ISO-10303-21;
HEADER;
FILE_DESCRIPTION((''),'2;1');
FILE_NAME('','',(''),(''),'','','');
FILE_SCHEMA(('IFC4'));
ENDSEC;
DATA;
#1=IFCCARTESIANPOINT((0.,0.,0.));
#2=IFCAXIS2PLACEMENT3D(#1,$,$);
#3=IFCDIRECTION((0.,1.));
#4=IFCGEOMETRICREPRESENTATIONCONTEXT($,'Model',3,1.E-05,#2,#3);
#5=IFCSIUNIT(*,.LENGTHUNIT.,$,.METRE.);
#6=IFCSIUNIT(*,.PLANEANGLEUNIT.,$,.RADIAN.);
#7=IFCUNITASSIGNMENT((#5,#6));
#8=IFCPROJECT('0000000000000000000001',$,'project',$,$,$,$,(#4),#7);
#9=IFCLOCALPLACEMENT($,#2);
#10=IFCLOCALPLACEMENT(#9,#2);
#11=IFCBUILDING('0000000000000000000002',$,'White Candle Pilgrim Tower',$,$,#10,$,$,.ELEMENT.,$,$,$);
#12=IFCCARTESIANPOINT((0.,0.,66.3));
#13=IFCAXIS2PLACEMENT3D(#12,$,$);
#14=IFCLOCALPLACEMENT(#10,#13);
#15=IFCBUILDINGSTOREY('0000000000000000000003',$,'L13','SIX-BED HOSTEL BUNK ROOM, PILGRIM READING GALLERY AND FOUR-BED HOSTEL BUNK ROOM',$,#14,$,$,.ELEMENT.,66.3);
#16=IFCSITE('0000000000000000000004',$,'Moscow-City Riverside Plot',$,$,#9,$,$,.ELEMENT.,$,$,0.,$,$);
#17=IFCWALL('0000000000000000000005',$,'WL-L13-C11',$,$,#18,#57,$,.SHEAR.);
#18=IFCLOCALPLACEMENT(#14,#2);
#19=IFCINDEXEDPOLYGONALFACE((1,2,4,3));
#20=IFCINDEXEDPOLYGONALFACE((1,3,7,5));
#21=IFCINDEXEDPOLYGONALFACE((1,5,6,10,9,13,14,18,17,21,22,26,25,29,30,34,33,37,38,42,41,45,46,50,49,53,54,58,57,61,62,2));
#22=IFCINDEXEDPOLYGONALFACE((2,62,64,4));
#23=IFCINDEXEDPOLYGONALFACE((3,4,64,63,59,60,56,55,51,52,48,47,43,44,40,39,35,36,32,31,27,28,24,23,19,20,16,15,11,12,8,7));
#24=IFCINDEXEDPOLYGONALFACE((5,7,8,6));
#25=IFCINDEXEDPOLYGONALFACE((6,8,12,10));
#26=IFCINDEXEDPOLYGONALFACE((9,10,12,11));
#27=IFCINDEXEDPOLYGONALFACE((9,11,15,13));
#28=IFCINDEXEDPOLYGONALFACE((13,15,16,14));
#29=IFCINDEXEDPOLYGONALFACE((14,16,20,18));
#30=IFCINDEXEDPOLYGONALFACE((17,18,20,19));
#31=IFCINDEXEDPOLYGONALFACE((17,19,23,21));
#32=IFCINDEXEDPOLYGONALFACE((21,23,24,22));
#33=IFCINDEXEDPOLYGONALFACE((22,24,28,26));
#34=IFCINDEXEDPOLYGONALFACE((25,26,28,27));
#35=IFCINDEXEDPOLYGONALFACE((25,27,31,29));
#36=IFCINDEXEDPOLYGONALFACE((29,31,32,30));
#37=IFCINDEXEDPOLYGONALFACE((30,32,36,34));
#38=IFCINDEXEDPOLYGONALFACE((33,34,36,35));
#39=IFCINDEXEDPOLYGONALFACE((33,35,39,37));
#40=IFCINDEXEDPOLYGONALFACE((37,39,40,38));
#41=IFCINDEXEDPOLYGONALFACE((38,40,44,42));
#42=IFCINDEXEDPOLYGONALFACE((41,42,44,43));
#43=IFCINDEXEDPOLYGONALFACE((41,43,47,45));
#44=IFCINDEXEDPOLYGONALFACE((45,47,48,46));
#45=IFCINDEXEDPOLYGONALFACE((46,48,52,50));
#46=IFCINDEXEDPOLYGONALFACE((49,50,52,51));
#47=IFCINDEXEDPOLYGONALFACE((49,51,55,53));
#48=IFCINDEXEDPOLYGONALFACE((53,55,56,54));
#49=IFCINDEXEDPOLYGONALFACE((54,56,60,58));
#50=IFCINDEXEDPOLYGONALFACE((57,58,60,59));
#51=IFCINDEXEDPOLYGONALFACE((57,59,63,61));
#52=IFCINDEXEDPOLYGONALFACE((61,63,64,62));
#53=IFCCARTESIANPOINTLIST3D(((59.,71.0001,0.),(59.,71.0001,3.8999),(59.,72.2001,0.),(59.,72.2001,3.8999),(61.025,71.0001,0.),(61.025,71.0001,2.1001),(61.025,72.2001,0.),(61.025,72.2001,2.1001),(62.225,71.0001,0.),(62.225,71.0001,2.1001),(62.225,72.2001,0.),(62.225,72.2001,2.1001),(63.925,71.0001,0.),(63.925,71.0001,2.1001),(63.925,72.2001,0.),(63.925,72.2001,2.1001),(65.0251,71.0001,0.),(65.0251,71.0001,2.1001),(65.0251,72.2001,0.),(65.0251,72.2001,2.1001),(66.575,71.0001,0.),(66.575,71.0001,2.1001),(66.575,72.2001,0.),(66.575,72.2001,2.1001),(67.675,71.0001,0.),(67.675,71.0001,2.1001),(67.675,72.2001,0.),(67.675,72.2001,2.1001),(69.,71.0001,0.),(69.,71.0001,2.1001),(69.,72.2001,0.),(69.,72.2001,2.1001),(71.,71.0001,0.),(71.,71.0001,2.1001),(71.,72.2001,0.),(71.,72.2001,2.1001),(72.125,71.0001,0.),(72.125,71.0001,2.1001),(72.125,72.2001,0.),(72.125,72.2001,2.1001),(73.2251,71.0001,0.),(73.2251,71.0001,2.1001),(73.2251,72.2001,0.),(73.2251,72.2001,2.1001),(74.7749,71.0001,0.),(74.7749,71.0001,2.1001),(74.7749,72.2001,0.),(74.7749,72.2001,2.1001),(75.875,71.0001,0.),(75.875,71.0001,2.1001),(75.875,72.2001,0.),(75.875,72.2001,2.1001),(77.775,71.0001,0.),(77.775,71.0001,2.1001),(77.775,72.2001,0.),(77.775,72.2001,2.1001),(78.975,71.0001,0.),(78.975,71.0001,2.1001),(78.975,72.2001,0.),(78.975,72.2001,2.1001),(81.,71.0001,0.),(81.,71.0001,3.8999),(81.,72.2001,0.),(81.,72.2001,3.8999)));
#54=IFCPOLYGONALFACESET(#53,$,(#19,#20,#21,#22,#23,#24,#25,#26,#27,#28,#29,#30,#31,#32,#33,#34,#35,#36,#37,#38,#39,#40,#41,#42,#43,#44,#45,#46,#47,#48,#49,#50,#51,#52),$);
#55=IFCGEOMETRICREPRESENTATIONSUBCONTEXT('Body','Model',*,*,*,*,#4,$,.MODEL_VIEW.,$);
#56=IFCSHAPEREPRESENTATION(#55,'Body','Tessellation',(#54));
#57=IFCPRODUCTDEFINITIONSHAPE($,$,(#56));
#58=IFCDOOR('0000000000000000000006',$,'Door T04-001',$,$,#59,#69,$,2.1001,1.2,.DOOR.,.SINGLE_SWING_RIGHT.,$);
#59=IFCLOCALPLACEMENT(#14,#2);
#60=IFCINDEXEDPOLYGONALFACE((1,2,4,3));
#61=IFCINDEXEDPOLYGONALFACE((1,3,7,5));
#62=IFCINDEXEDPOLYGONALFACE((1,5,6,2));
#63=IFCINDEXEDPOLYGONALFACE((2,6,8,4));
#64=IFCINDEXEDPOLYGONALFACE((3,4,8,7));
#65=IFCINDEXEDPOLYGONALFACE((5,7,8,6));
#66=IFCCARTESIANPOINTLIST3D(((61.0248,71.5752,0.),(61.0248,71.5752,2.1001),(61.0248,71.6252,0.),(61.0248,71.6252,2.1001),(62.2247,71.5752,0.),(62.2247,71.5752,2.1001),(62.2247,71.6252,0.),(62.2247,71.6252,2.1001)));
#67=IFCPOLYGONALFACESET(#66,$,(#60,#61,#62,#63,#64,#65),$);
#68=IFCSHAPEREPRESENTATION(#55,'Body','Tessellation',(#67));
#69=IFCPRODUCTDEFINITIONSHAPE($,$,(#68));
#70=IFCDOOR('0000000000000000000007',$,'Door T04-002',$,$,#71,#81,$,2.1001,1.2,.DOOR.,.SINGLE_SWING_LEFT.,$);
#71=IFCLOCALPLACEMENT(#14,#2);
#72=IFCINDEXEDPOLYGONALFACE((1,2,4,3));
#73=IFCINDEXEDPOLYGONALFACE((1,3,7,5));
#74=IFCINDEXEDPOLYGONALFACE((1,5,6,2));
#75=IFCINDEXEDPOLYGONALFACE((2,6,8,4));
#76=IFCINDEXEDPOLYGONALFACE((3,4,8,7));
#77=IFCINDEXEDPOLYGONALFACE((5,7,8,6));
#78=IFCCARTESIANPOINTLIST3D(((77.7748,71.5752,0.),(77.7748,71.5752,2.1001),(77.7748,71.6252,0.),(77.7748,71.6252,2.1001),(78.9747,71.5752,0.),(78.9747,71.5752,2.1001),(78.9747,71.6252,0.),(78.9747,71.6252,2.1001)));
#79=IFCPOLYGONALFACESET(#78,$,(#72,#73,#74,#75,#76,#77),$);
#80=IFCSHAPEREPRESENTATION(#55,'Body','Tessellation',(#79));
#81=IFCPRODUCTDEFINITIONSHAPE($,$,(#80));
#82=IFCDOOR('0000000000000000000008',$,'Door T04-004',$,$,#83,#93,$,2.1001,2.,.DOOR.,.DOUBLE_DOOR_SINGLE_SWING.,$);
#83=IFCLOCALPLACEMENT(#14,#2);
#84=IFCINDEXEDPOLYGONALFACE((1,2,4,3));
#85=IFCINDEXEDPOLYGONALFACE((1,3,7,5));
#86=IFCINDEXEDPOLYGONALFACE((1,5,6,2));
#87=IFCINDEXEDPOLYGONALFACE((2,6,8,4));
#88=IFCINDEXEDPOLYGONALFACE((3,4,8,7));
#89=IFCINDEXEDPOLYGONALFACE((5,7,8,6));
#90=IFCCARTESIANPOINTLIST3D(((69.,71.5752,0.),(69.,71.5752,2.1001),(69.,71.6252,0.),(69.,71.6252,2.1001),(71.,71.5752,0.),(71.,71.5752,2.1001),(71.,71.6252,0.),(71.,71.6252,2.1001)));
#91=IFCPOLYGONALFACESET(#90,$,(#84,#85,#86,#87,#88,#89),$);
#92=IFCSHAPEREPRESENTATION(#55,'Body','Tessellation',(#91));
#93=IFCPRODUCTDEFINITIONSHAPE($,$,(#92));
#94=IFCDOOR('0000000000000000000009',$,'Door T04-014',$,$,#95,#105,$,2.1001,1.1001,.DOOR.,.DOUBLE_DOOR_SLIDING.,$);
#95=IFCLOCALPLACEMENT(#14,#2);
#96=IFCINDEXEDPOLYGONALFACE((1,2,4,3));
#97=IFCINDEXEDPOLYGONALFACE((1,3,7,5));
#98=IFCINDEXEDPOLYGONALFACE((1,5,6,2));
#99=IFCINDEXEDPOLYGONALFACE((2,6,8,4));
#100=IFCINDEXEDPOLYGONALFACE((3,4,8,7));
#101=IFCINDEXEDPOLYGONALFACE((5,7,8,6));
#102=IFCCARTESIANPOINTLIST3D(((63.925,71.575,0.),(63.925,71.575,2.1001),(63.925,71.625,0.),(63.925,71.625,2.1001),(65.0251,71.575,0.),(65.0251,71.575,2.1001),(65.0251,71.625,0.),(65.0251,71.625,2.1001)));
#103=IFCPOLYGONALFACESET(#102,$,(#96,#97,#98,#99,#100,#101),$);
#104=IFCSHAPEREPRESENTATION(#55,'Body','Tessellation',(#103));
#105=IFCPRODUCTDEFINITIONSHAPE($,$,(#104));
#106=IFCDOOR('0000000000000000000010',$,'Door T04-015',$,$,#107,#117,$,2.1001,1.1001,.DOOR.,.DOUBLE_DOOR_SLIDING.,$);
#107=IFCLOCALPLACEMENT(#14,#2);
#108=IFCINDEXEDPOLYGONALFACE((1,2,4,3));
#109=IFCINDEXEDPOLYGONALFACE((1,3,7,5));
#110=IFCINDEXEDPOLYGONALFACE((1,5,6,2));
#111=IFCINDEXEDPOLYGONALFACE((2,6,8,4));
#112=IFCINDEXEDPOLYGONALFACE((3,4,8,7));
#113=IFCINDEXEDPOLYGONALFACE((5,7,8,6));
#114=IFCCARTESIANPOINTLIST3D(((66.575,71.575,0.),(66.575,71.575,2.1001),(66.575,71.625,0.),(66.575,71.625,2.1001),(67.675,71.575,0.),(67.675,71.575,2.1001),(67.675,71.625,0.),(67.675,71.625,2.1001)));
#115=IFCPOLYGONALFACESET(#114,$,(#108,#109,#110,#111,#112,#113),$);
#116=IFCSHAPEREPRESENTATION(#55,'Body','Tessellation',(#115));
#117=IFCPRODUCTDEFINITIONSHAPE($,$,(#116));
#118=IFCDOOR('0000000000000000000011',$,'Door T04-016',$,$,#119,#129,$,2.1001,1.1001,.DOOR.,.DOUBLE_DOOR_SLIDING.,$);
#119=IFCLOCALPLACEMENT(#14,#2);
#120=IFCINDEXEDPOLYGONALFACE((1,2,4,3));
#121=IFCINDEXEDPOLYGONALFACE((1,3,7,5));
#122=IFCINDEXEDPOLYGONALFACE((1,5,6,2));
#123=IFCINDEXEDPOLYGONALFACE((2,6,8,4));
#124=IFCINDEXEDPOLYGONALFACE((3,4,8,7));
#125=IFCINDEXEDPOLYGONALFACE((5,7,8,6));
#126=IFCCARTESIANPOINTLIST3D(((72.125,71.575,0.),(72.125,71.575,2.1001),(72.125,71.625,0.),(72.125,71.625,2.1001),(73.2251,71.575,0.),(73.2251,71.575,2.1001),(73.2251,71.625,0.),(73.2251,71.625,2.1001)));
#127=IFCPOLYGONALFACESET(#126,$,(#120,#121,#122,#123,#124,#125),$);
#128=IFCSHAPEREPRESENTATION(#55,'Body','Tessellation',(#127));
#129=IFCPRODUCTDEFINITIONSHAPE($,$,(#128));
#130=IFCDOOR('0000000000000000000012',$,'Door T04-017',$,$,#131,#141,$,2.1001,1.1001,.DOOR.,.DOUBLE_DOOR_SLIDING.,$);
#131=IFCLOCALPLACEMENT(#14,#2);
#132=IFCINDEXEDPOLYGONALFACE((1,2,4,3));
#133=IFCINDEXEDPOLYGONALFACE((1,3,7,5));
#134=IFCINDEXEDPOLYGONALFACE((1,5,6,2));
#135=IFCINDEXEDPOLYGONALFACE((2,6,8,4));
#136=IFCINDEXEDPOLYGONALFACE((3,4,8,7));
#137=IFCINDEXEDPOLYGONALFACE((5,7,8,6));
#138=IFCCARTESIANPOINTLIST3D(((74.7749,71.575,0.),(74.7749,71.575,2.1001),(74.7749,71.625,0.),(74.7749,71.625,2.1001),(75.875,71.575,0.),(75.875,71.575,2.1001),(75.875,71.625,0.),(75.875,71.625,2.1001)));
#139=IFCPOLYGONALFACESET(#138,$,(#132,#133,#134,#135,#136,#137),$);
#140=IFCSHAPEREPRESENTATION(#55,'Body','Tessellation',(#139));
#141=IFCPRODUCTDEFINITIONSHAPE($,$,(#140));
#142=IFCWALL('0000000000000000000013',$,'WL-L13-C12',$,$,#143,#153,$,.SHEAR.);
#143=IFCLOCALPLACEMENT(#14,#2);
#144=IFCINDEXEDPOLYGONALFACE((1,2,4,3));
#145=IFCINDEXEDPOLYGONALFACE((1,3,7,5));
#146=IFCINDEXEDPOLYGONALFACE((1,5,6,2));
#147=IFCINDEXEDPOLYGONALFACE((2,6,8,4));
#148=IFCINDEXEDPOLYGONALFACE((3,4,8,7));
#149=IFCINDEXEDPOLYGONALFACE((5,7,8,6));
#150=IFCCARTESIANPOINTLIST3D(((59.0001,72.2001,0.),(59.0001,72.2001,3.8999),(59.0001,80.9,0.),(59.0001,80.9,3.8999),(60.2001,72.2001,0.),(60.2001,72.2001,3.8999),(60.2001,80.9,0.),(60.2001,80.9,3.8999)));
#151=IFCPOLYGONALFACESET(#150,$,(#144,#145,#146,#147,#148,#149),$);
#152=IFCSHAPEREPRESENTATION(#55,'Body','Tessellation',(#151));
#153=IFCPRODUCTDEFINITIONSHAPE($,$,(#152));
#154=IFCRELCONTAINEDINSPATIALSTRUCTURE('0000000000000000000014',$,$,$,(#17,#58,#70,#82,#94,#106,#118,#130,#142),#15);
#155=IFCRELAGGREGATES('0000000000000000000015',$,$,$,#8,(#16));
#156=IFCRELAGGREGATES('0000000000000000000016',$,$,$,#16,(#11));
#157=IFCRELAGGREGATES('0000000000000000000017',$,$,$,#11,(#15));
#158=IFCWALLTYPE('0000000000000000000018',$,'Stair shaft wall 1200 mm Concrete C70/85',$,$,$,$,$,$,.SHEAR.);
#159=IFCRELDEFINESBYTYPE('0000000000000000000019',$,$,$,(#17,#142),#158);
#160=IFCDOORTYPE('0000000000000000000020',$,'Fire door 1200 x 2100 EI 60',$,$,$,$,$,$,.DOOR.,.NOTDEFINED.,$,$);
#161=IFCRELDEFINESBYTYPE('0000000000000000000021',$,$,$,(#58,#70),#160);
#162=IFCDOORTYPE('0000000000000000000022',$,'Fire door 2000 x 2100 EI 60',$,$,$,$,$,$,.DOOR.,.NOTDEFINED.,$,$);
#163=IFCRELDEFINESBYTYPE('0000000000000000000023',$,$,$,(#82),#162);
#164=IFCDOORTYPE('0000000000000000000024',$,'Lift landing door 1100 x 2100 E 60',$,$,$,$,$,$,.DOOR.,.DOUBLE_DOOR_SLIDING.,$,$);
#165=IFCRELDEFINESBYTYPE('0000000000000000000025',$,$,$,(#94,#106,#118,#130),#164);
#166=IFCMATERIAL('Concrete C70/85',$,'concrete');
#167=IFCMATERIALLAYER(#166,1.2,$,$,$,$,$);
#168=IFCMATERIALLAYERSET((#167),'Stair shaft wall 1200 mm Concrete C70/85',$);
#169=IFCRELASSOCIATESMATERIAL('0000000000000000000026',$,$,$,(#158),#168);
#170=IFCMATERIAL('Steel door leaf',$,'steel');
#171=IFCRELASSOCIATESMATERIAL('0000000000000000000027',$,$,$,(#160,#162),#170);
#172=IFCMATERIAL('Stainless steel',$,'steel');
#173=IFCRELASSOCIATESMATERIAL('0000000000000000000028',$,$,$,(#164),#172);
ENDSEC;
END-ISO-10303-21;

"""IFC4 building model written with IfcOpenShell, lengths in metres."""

from ifc_helpers import new_model, si_unit, direction, frame, frame_2d, origin, place, context, subcontext, project, spatial, rectangle, extrude, material, layer, layer_set, type_object, element, fill, save


model = new_model("IFC4")

# Units and contexts
model_context = context("Model", 3, precision=1e-05, world=origin(), true_north=direction((0.0, 1.0)))
body_context = subcontext(model_context, "Body", "Model", "MODEL_VIEW")
ifc_project = project(units=[si_unit("LENGTHUNIT", "METRE"), si_unit("PLANEANGLEUNIT", "RADIAN")], contexts=[model_context])

# Site, building, storey
site_placement = place(None, origin())
site = spatial("IfcSite", under=ifc_project, at=site_placement, Name="Moscow-City Riverside Plot", CompositionType="ELEMENT", RefElevation=0.0)
building_placement = place(site_placement, origin())
building = spatial("IfcBuilding", under=site, at=building_placement, Name="White Candle Pilgrim Tower", CompositionType="ELEMENT")
storey_placement = place(building_placement, frame((0.0, 0.0, 66.3)))
storey = spatial("IfcBuildingStorey", under=building, at=storey_placement, Name="L13", Description="SIX-BED HOSTEL BUNK ROOM, PILGRIM READING GALLERY AND FOUR-BED HOSTEL BUNK ROOM", CompositionType="ELEMENT", Elevation=66.3)

# Shared definitions
ifc_material_1 = material(Name="Steel door leaf", Category="steel")

# Shared definitions
ifc_material_2 = material(Name="Concrete C70/85", Category="concrete")

# Wall, openings, doors
ifc_layer_1 = layer(ifc_material_2, 1.2)
ifc_layer_set_1 = layer_set([ifc_layer_1], Name="Stair shaft wall 1200 mm Concrete C70/85")
wall_type_1 = type_object("IfcWallType", Name="Stair shaft wall 1200 mm Concrete C70/85", PredefinedType="SHEAR", material=ifc_layer_set_1)
wall_1_placement = place(storey_placement, frame((59.0, 71.6001, 0.0), z_axis=(0.0, 0.0, 1.0), x_axis=(1.0, 0.0, 0.0)))
wall_1 = element("IfcWall", 1, at=wall_1_placement, inside=storey, type_object=wall_type_1, Name="WL-L13-C11", PredefinedType="SHEAR", context=body_context, shape_type="SweptSolid", body=[
    extrude(rectangle(XDim=22.0, YDim=1.2, at=frame_2d((11.0, 0.0))), origin(), (0.0, 0.0, 1.0), 3.8999),
])
opening_1_placement = place(wall_1_placement, frame((2.0249, 0.0, 0.0)))
opening_1 = element("IfcOpeningElement", 2, at=opening_1_placement, cuts=wall_1, PredefinedType="OPENING", context=body_context, shape_type="SweptSolid", body=[
    extrude(rectangle(XDim=1.2, YDim=2.1001, at=frame_2d((0.6001, 1.05))), frame((0.0, 0.6099, 0.0), z_axis=(0.0, -1.0, 0.0), x_axis=(1.0, 0.0, 0.0)), (0.0, 0.0, 1.0), 1.22),
])
opening_2_placement = place(wall_1_placement, frame((18.7749, 0.0, 0.0)))
opening_2 = element("IfcOpeningElement", 3, at=opening_2_placement, cuts=wall_1, PredefinedType="OPENING", context=body_context, shape_type="SweptSolid", body=[
    extrude(rectangle(XDim=1.2, YDim=2.1001, at=frame_2d((0.6001, 1.05))), frame((0.0, 0.6099, 0.0), z_axis=(0.0, -1.0, 0.0), x_axis=(1.0, 0.0, 0.0)), (0.0, 0.0, 1.0), 1.22),
])
opening_3_placement = place(wall_1_placement, frame((10.0, 0.0, 0.0)))
opening_3 = element("IfcOpeningElement", 4, at=opening_3_placement, cuts=wall_1, PredefinedType="OPENING", context=body_context, shape_type="SweptSolid", body=[
    extrude(rectangle(XDim=2.0, YDim=2.1001, at=frame_2d((1.0, 1.05))), frame((0.0, 0.6099, 0.0), z_axis=(0.0, -1.0, 0.0), x_axis=(1.0, 0.0, 0.0)), (0.0, 0.0, 1.0), 1.22),
])
opening_4_placement = place(wall_1_placement, frame((4.925, 0.0, 0.0)))
opening_4 = element("IfcOpeningElement", 5, at=opening_4_placement, cuts=wall_1, PredefinedType="OPENING", context=body_context, shape_type="SweptSolid", body=[
    extrude(rectangle(XDim=1.1001, YDim=2.1001, at=frame_2d((0.55, 1.05))), frame((0.0, 0.6099, 0.0), z_axis=(0.0, -1.0, 0.0), x_axis=(1.0, 0.0, 0.0)), (0.0, 0.0, 1.0), 1.22),
])
opening_5_placement = place(wall_1_placement, frame((7.575, 0.0, 0.0)))
opening_5 = element("IfcOpeningElement", 6, at=opening_5_placement, cuts=wall_1, PredefinedType="OPENING", context=body_context, shape_type="SweptSolid", body=[
    extrude(rectangle(XDim=1.1001, YDim=2.1001, at=frame_2d((0.55, 1.05))), frame((0.0, 0.6099, 0.0), z_axis=(0.0, -1.0, 0.0), x_axis=(1.0, 0.0, 0.0)), (0.0, 0.0, 1.0), 1.22),
])
opening_6_placement = place(wall_1_placement, frame((13.125, 0.0, 0.0)))
opening_6 = element("IfcOpeningElement", 7, at=opening_6_placement, cuts=wall_1, PredefinedType="OPENING", context=body_context, shape_type="SweptSolid", body=[
    extrude(rectangle(XDim=1.1001, YDim=2.1001, at=frame_2d((0.55, 1.05))), frame((0.0, 0.6099, 0.0), z_axis=(0.0, -1.0, 0.0), x_axis=(1.0, 0.0, 0.0)), (0.0, 0.0, 1.0), 1.22),
])
opening_7_placement = place(wall_1_placement, frame((15.7749, 0.0, 0.0)))
opening_7 = element("IfcOpeningElement", 8, at=opening_7_placement, cuts=wall_1, PredefinedType="OPENING", context=body_context, shape_type="SweptSolid", body=[
    extrude(rectangle(XDim=1.1001, YDim=2.1001, at=frame_2d((0.55, 1.05))), frame((0.0, 0.6099, 0.0), z_axis=(0.0, -1.0, 0.0), x_axis=(1.0, 0.0, 0.0)), (0.0, 0.0, 1.0), 1.22),
])
door_type_1 = type_object("IfcDoorType", Name="Fire door 1200 x 2100 EI 60", OperationType="NOTDEFINED", PredefinedType="DOOR", material=ifc_material_1)
door_1_placement = place(opening_1_placement, frame((1.2, 0.0, 0.0), z_axis=(0.0, 0.0, 1.0), x_axis=(-1.0, 0.0, 0.0)))
door_1 = element("IfcDoor", 9, at=door_1_placement, inside=storey, type_object=door_type_1, Name="Door T04-001", OperationType="SINGLE_SWING_RIGHT", OverallHeight=2.1001, OverallWidth=1.2, PredefinedType="DOOR", context=body_context, shape_type="SweptSolid", body=[
    extrude(rectangle(XDim=1.2, YDim=2.1001, at=frame_2d((0.6001, 1.05))), frame((0.0, 0.0249, 0.0), z_axis=(0.0, -1.0, 0.0), x_axis=(1.0, 0.0, 0.0)), (0.0, 0.0, 1.0), 0.05),
])
fill(opening_1, door_1)
door_2_placement = place(opening_2_placement, frame((1.2, 0.0, 0.0), z_axis=(0.0, 0.0, 1.0), x_axis=(-1.0, 0.0, 0.0)))
door_2 = element("IfcDoor", 10, at=door_2_placement, inside=storey, type_object=door_type_1, Name="Door T04-002", OperationType="SINGLE_SWING_LEFT", OverallHeight=2.1001, OverallWidth=1.2, PredefinedType="DOOR", context=body_context, shape_type="SweptSolid", body=[
    extrude(rectangle(XDim=1.2, YDim=2.1001, at=frame_2d((0.6001, 1.05))), frame((0.0, 0.0249, 0.0), z_axis=(0.0, -1.0, 0.0), x_axis=(1.0, 0.0, 0.0)), (0.0, 0.0, 1.0), 0.05),
])
fill(opening_2, door_2)
door_type_2 = type_object("IfcDoorType", Name="Fire door 2000 x 2100 EI 60", OperationType="NOTDEFINED", PredefinedType="DOOR", material=ifc_material_1)
door_3_placement = place(opening_3_placement, frame((2.0, 0.0, 0.0), z_axis=(0.0, 0.0, 1.0), x_axis=(-1.0, 0.0, 0.0)))
door_3 = element("IfcDoor", 11, at=door_3_placement, inside=storey, type_object=door_type_2, Name="Door T04-004", OperationType="DOUBLE_DOOR_SINGLE_SWING", OverallHeight=2.1001, OverallWidth=2.0, PredefinedType="DOOR", context=body_context, shape_type="SweptSolid", body=[
    extrude(rectangle(XDim=2.0, YDim=2.1001, at=frame_2d((1.0, 1.05))), frame((0.0, 0.0249, 0.0), z_axis=(0.0, -1.0, 0.0), x_axis=(1.0, 0.0, 0.0)), (0.0, 0.0, 1.0), 0.05),
])
fill(opening_3, door_3)
ifc_material_3 = material(Name="Stainless steel", Category="steel")
door_type_3 = type_object("IfcDoorType", Name="Lift landing door 1100 x 2100 E 60", OperationType="DOUBLE_DOOR_SLIDING", PredefinedType="DOOR", material=ifc_material_3)
door_4_placement = place(opening_4_placement, origin())
door_4 = element("IfcDoor", 12, at=door_4_placement, inside=storey, type_object=door_type_3, Name="Door T04-014", OperationType="DOUBLE_DOOR_SLIDING", OverallHeight=2.1001, OverallWidth=1.1001, PredefinedType="DOOR", context=body_context, shape_type="SweptSolid", body=[
    extrude(rectangle(XDim=1.1001, YDim=2.1001, at=frame_2d((0.55, 1.05))), frame((0.0, 0.0249, 0.0), z_axis=(0.0, -1.0, 0.0), x_axis=(1.0, 0.0, 0.0)), (0.0, 0.0, 1.0), 0.05),
])
fill(opening_4, door_4)
door_5_placement = place(opening_5_placement, origin())
door_5 = element("IfcDoor", 13, at=door_5_placement, inside=storey, type_object=door_type_3, Name="Door T04-015", OperationType="DOUBLE_DOOR_SLIDING", OverallHeight=2.1001, OverallWidth=1.1001, PredefinedType="DOOR", context=body_context, shape_type="SweptSolid", body=[
    extrude(rectangle(XDim=1.1001, YDim=2.1001, at=frame_2d((0.55, 1.05))), frame((0.0, 0.0249, 0.0), z_axis=(0.0, -1.0, 0.0), x_axis=(1.0, 0.0, 0.0)), (0.0, 0.0, 1.0), 0.05),
])
fill(opening_5, door_5)
door_6_placement = place(opening_6_placement, origin())
door_6 = element("IfcDoor", 14, at=door_6_placement, inside=storey, type_object=door_type_3, Name="Door T04-016", OperationType="DOUBLE_DOOR_SLIDING", OverallHeight=2.1001, OverallWidth=1.1001, PredefinedType="DOOR", context=body_context, shape_type="SweptSolid", body=[
    extrude(rectangle(XDim=1.1001, YDim=2.1001, at=frame_2d((0.55, 1.05))), frame((0.0, 0.0249, 0.0), z_axis=(0.0, -1.0, 0.0), x_axis=(1.0, 0.0, 0.0)), (0.0, 0.0, 1.0), 0.05),
])
fill(opening_6, door_6)
door_7_placement = place(opening_7_placement, origin())
door_7 = element("IfcDoor", 15, at=door_7_placement, inside=storey, type_object=door_type_3, Name="Door T04-017", OperationType="DOUBLE_DOOR_SLIDING", OverallHeight=2.1001, OverallWidth=1.1001, PredefinedType="DOOR", context=body_context, shape_type="SweptSolid", body=[
    extrude(rectangle(XDim=1.1001, YDim=2.1001, at=frame_2d((0.55, 1.05))), frame((0.0, 0.0249, 0.0), z_axis=(0.0, -1.0, 0.0), x_axis=(1.0, 0.0, 0.0)), (0.0, 0.0, 1.0), 0.05),
])
fill(opening_7, door_7)

# Wall
wall_2_placement = place(storey_placement, frame((59.6001, 72.2, 0.0), z_axis=(0.0, 0.0, 1.0), x_axis=(0.0, 1.0, 0.0)))
element("IfcWall", 16, at=wall_2_placement, inside=storey, type_object=wall_type_1, Name="WL-L13-C12", PredefinedType="SHEAR", context=body_context, shape_type="SweptSolid", body=[
    extrude(rectangle(XDim=8.7, YDim=1.2, at=frame_2d((4.3501, 0.0))), origin(), (0.0, 0.0, 1.0), 3.8999),
])

save(model, "model.ifc")
